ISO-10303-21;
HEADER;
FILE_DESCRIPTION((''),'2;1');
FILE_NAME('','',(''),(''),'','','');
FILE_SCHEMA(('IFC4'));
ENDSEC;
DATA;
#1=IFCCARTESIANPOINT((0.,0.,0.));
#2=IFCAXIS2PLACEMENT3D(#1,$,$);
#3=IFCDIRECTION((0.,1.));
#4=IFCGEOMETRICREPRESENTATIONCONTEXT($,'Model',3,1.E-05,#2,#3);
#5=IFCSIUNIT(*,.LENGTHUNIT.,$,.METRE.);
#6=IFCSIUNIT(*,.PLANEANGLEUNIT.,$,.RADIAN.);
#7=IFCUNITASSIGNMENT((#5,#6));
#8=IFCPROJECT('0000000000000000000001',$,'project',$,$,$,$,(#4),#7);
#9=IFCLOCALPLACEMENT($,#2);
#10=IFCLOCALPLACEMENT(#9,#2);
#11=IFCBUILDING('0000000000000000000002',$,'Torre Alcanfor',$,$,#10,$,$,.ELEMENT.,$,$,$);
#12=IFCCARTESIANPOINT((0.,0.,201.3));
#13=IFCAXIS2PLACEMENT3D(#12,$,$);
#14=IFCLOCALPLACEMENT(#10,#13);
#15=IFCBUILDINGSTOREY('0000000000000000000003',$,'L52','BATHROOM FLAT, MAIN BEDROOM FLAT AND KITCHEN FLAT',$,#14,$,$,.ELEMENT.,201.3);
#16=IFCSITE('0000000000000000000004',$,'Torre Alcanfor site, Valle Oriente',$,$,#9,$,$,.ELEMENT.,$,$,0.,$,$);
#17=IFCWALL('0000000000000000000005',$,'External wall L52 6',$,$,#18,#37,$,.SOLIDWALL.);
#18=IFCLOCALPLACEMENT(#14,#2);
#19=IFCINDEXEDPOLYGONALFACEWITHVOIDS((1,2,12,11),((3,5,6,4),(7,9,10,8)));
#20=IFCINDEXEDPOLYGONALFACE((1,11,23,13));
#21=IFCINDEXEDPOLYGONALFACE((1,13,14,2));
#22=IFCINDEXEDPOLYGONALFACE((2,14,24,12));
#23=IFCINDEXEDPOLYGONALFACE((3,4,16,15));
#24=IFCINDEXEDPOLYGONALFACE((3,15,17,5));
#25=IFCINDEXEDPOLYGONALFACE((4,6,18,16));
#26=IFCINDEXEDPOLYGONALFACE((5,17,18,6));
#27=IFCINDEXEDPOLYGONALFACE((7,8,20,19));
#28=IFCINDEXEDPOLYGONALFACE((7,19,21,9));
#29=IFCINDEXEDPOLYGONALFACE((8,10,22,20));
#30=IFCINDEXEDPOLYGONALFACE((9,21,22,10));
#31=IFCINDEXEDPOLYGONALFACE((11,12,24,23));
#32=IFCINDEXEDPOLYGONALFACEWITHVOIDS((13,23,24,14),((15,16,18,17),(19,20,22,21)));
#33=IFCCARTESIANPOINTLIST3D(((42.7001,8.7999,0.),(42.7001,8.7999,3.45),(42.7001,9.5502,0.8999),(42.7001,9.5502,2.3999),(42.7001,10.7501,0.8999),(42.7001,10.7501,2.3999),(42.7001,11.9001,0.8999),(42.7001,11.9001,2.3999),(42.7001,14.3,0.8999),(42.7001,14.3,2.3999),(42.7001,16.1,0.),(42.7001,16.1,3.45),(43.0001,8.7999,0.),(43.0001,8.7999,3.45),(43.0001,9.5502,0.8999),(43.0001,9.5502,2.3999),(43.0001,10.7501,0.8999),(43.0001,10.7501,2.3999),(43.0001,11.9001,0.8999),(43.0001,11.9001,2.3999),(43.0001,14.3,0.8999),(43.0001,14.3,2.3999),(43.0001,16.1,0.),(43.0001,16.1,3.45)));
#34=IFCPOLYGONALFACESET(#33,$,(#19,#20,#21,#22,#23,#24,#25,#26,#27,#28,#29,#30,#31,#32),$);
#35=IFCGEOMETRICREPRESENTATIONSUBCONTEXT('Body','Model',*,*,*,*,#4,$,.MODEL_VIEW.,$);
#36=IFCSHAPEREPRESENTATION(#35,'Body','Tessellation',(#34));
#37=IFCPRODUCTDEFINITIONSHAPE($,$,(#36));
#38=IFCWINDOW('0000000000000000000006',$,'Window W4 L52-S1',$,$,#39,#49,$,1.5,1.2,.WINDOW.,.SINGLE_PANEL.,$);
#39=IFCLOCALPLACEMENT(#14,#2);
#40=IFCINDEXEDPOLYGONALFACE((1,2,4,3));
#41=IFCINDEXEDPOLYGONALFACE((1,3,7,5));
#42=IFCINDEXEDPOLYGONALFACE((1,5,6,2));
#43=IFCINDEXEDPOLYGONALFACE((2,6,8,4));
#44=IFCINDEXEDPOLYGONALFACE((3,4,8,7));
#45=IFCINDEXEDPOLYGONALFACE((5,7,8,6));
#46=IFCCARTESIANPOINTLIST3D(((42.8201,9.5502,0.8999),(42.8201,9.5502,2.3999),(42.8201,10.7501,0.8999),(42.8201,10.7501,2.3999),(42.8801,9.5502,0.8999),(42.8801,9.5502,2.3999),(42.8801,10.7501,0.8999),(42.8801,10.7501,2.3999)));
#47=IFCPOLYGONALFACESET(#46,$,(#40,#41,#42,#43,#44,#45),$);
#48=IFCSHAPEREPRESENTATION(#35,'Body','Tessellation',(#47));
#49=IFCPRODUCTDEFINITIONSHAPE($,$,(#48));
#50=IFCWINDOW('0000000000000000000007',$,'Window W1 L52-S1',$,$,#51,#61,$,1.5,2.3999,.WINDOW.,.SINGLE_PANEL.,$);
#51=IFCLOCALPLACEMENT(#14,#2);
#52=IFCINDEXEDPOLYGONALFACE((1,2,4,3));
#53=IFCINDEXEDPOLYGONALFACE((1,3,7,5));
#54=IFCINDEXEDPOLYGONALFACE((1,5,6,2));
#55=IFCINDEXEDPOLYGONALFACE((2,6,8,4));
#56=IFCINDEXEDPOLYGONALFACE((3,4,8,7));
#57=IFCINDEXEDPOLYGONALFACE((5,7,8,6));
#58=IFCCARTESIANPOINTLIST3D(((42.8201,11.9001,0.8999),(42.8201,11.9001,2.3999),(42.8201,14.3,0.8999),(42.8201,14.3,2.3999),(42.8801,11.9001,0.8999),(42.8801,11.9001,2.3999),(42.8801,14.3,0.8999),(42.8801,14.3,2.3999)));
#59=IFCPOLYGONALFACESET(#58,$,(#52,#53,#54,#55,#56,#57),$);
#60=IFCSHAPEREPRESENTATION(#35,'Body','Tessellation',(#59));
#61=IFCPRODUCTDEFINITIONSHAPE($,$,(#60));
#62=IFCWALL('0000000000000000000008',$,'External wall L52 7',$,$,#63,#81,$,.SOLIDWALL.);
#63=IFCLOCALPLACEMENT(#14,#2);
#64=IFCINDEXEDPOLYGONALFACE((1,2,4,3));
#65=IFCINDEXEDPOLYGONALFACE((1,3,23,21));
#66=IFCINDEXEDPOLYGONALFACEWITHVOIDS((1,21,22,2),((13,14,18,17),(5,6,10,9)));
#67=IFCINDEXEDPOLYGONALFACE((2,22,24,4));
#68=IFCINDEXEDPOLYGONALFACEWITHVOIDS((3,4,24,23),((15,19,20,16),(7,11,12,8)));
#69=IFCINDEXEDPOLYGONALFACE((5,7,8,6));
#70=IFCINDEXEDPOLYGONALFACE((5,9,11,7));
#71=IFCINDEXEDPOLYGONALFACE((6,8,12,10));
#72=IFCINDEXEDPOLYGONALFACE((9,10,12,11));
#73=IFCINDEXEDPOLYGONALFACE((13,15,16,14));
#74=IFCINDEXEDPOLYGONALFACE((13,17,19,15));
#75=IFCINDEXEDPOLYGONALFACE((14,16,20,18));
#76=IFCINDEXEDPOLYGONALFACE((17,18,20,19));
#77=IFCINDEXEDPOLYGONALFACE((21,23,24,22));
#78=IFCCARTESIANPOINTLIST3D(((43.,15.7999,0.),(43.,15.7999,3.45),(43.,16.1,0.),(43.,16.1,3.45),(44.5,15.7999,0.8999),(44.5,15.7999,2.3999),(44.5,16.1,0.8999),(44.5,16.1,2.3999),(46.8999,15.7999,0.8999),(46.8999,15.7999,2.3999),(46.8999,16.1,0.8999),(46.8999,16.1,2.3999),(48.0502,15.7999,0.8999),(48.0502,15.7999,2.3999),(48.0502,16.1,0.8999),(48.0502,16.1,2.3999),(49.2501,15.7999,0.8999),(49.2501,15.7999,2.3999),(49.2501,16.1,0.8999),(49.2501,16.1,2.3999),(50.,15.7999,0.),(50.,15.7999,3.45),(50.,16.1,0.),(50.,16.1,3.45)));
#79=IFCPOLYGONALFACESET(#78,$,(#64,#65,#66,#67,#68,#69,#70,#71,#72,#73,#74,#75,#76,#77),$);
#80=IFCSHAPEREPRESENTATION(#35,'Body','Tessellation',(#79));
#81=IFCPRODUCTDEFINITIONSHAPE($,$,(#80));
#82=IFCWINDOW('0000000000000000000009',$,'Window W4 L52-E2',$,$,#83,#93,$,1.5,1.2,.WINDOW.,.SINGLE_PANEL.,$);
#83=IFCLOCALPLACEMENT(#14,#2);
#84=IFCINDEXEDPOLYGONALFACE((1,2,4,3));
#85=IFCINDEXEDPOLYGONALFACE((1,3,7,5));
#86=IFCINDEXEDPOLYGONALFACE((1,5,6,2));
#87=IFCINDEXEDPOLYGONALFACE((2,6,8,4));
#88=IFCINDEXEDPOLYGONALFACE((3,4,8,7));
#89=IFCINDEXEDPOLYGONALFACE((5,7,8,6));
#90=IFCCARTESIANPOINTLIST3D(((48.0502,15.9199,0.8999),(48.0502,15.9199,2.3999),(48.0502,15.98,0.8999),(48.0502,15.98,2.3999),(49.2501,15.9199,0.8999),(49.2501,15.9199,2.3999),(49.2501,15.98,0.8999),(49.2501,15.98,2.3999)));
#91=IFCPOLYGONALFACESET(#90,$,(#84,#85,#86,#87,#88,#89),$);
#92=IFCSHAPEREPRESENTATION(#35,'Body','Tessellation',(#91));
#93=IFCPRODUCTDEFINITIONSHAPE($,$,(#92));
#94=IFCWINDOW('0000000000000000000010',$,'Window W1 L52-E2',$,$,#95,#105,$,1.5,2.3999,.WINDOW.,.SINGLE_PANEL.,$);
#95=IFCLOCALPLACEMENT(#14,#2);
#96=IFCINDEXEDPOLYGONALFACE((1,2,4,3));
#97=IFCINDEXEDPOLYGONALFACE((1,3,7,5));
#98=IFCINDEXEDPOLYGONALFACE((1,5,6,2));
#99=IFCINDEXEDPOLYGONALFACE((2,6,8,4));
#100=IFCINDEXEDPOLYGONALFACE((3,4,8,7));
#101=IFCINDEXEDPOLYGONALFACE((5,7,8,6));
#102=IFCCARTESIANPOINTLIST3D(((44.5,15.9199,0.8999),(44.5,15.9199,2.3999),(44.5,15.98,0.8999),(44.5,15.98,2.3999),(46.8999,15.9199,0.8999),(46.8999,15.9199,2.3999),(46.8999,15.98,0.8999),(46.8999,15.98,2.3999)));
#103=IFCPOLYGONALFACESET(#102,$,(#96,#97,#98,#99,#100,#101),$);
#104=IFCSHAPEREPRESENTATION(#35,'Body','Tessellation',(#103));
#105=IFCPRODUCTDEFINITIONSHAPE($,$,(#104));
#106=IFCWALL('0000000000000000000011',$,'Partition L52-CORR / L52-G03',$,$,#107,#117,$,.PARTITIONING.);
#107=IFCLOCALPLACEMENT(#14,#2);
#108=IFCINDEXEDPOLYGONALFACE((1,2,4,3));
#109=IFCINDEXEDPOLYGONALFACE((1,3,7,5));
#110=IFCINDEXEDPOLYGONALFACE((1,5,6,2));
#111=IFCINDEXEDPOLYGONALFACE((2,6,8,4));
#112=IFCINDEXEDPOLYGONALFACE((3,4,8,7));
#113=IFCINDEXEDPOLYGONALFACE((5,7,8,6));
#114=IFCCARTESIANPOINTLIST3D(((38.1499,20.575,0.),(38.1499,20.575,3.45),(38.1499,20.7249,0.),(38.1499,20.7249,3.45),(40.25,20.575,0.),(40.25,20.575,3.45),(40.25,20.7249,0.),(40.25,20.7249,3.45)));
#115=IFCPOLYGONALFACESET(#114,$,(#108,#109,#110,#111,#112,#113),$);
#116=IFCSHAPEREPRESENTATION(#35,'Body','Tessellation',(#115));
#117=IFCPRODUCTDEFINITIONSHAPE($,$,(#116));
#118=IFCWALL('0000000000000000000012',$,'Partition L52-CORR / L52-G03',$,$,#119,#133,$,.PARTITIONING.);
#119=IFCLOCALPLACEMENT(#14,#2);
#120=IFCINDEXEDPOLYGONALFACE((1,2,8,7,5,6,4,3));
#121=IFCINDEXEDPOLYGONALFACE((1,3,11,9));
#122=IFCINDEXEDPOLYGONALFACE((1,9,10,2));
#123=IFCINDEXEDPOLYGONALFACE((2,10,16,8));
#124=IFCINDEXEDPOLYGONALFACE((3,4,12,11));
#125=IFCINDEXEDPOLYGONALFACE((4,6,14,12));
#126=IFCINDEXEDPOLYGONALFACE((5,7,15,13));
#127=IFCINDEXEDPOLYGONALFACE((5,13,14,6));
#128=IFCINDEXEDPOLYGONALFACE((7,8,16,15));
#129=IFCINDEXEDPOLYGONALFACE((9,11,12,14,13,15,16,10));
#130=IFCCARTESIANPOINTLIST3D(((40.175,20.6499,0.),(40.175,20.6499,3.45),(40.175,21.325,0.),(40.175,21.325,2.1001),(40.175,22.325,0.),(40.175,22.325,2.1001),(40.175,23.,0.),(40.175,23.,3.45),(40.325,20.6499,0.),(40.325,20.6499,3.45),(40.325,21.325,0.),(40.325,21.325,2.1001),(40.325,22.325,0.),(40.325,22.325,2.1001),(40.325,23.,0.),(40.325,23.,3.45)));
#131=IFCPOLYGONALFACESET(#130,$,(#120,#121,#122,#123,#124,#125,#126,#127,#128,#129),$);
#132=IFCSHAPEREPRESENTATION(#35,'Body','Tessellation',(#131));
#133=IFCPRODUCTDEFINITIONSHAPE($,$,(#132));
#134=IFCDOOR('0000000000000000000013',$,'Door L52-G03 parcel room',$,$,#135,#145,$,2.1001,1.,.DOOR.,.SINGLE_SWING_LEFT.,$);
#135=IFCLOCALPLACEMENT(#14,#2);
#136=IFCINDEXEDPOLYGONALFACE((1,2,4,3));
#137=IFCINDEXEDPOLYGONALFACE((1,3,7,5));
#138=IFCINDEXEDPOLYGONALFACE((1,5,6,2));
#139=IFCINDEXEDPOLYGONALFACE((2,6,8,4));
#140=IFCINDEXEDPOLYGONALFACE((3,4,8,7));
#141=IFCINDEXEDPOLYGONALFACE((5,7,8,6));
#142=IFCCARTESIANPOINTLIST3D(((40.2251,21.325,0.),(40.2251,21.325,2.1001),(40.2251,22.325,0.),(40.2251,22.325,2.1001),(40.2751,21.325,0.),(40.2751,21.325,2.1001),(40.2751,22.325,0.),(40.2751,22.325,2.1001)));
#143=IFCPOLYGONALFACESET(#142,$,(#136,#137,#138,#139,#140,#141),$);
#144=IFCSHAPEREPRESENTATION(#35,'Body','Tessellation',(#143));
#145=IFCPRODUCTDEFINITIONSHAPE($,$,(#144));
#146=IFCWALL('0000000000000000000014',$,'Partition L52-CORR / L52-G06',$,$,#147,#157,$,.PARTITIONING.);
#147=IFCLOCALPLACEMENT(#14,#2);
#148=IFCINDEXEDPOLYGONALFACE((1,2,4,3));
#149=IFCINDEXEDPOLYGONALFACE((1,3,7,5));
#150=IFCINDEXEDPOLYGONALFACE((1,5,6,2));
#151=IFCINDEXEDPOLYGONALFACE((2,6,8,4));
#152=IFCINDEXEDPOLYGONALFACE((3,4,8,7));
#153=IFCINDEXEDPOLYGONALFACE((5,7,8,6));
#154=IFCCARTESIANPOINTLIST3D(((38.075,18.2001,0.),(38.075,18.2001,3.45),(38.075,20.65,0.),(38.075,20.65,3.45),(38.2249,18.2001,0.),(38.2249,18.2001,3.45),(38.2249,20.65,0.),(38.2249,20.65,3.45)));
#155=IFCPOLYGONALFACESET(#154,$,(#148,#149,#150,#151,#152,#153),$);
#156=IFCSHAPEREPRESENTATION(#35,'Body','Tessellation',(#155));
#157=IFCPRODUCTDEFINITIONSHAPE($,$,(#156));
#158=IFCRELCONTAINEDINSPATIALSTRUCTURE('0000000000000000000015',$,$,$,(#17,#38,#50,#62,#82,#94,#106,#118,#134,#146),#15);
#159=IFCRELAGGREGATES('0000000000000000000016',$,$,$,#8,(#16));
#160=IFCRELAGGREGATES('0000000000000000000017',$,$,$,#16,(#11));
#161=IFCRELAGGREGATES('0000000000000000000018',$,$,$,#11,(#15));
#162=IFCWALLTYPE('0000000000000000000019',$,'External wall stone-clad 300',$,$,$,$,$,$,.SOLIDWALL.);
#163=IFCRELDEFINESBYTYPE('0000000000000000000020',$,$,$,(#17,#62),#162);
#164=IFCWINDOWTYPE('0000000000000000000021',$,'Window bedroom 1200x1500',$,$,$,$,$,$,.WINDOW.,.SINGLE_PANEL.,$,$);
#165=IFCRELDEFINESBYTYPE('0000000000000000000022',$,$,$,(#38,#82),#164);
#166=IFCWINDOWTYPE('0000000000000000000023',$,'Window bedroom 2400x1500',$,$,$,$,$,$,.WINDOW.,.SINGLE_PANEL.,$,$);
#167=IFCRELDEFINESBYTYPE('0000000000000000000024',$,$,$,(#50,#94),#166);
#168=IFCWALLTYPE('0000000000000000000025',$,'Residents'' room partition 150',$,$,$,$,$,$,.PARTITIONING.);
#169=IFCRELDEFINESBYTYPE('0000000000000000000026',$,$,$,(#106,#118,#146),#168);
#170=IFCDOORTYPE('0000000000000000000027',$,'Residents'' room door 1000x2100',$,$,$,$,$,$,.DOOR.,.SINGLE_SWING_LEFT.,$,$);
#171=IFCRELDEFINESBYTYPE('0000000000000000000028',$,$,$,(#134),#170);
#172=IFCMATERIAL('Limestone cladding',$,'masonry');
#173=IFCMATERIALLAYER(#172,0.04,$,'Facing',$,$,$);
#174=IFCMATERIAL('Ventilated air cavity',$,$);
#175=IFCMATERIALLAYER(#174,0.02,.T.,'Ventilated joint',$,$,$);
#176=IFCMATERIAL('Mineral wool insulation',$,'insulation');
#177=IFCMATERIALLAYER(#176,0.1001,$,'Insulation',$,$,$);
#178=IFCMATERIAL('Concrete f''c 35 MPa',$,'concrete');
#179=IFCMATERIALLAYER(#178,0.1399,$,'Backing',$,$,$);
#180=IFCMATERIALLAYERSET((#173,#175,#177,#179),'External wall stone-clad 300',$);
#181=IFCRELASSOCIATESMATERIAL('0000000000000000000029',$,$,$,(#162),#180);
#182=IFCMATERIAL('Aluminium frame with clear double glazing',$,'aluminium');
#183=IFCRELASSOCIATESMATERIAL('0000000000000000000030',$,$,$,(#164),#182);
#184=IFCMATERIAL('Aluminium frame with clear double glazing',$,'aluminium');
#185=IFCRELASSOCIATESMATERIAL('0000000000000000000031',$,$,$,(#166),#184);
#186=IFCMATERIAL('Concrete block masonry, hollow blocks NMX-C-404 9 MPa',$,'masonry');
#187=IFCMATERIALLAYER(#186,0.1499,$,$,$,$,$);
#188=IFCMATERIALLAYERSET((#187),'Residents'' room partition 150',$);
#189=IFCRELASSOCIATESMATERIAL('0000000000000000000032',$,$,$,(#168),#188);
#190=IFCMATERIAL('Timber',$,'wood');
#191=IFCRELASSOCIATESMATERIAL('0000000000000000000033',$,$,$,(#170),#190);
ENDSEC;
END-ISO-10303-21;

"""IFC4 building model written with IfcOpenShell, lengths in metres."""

from ifc_helpers import new_model, si_unit, direction, frame, frame_2d, origin, place, context, subcontext, project, spatial, rectangle, extrude, material, layer, layer_set, type_object, element, fill, save


model = new_model("IFC4")

# Units and contexts
model_context = context("Model", 3, precision=1e-05, world=origin(), true_north=direction((0.0, 1.0)))
body_context = subcontext(model_context, "Body", "Model", "MODEL_VIEW")
ifc_project = project(units=[si_unit("LENGTHUNIT", "METRE"), si_unit("PLANEANGLEUNIT", "RADIAN")], contexts=[model_context])

# Site, building, storey
site_placement = place(None, origin())
site = spatial("IfcSite", under=ifc_project, at=site_placement, Name="Torre Alcanfor site, Valle Oriente", CompositionType="ELEMENT", RefElevation=0.0)
building_placement = place(site_placement, origin())
building = spatial("IfcBuilding", under=site, at=building_placement, Name="Torre Alcanfor", CompositionType="ELEMENT")
storey_placement = place(building_placement, frame((0.0, 0.0, 201.3)))
storey = spatial("IfcBuildingStorey", under=building, at=storey_placement, Name="L52", Description="BATHROOM FLAT, MAIN BEDROOM FLAT AND KITCHEN FLAT", CompositionType="ELEMENT", Elevation=201.3)

# Walls, openings, windows
ifc_material_1 = material(Name="Limestone cladding", Category="masonry")
ifc_layer_1 = layer(ifc_material_1, 0.04, Name="Facing")
ifc_material_2 = material(Name="Ventilated air cavity")
ifc_layer_2 = layer(ifc_material_2, 0.02, ventilated=True, Name="Ventilated joint")
ifc_material_3 = material(Name="Mineral wool insulation", Category="insulation")
ifc_layer_3 = layer(ifc_material_3, 0.1001, Name="Insulation")
ifc_material_4 = material(Name="Concrete f'c 35 MPa", Category="concrete")
ifc_layer_4 = layer(ifc_material_4, 0.1399, Name="Backing")
ifc_layer_set_1 = layer_set([ifc_layer_1, ifc_layer_2, ifc_layer_3, ifc_layer_4], Name="External wall stone-clad 300")
wall_type_1 = type_object("IfcWallType", Name="External wall stone-clad 300", PredefinedType="SOLIDWALL", material=ifc_layer_set_1)
wall_1_placement = place(storey_placement, frame((42.8501, 8.8, 0.0), z_axis=(0.0, 0.0, 1.0), x_axis=(0.0, 1.0, 0.0)))
wall_1 = element("IfcWall", 1, at=wall_1_placement, inside=storey, type_object=wall_type_1, Name="External wall L52 6", PredefinedType="SOLIDWALL", context=body_context, shape_type="SweptSolid", body=[
    extrude(rectangle(XDim=7.3, YDim=0.3, at=frame_2d((3.6499, 0.0))), origin(), (0.0, 0.0, 1.0), 3.45),
])
opening_1_placement = place(wall_1_placement, frame((3.1001, 0.0, 0.8999)))
opening_1 = element("IfcOpeningElement", 2, at=opening_1_placement, cuts=wall_1, PredefinedType="OPENING", context=body_context, shape_type="SweptSolid", body=[
    extrude(rectangle(XDim=2.3999, YDim=1.5, at=frame_2d((1.2, 0.75))), frame((0.0, 0.1599, 0.0), z_axis=(0.0, -1.0, 0.0), x_axis=(1.0, 0.0, 0.0)), (0.0, 0.0, 1.0), 0.3201),
])
opening_2_placement = place(wall_1_placement, frame((0.75, 0.0, 0.8999)))
opening_2 = element("IfcOpeningElement", 3, at=opening_2_placement, cuts=wall_1, PredefinedType="OPENING", context=body_context, shape_type="SweptSolid", body=[
    extrude(rectangle(XDim=1.2, YDim=1.5, at=frame_2d((0.6001, 0.75))), frame((0.0, 0.1599, 0.0), z_axis=(0.0, -1.0, 0.0), x_axis=(1.0, 0.0, 0.0)), (0.0, 0.0, 1.0), 0.3201),
])
ifc_material_5 = material(Name="Aluminium frame with clear double glazing", Category="aluminium")
window_type_1 = type_object("IfcWindowType", Name="Window bedroom 1200x1500", PartitioningType="SINGLE_PANEL", PredefinedType="WINDOW", material=ifc_material_5)
window_1_placement = place(opening_2_placement, origin())
window_1 = element("IfcWindow", 4, at=window_1_placement, inside=storey, type_object=window_type_1, Name="Window W4 L52-S1", OverallHeight=1.5, OverallWidth=1.2, PartitioningType="SINGLE_PANEL", PredefinedType="WINDOW", context=body_context, shape_type="SweptSolid", body=[
    extrude(rectangle(XDim=1.2, YDim=1.5, at=frame_2d((0.6001, 0.75))), frame((0.0, 0.03, 0.0), z_axis=(0.0, -1.0, 0.0), x_axis=(1.0, 0.0, 0.0)), (0.0, 0.0, 1.0), 0.0601),
])
fill(opening_2, window_1)
ifc_material_6 = material(Name="Aluminium frame with clear double glazing", Category="aluminium")
window_type_2 = type_object("IfcWindowType", Name="Window bedroom 2400x1500", PartitioningType="SINGLE_PANEL", PredefinedType="WINDOW", material=ifc_material_6)
window_2_placement = place(opening_1_placement, origin())
window_2 = element("IfcWindow", 5, at=window_2_placement, inside=storey, type_object=window_type_2, Name="Window W1 L52-S1", OverallHeight=1.5, OverallWidth=2.3999, PartitioningType="SINGLE_PANEL", PredefinedType="WINDOW", context=body_context, shape_type="SweptSolid", body=[
    extrude(rectangle(XDim=2.3999, YDim=1.5, at=frame_2d((1.2, 0.75))), frame((0.0, 0.03, 0.0), z_axis=(0.0, -1.0, 0.0), x_axis=(1.0, 0.0, 0.0)), (0.0, 0.0, 1.0), 0.0601),
])
fill(opening_1, window_2)
wall_2_placement = place(storey_placement, frame((43.0, 15.95, 0.0), z_axis=(0.0, 0.0, 1.0), x_axis=(1.0, 0.0, 0.0)))
wall_2 = element("IfcWall", 6, at=wall_2_placement, inside=storey, type_object=wall_type_1, Name="External wall L52 7", PredefinedType="SOLIDWALL", context=body_context, shape_type="SweptSolid", body=[
    extrude(rectangle(XDim=7.0, YDim=0.3, at=frame_2d((3.5, 0.0))), origin(), (0.0, 0.0, 1.0), 3.45),
])
opening_3_placement = place(wall_2_placement, frame((1.5, 0.0, 0.8999)))
opening_3 = element("IfcOpeningElement", 7, at=opening_3_placement, cuts=wall_2, PredefinedType="OPENING", context=body_context, shape_type="SweptSolid", body=[
    extrude(rectangle(XDim=2.3999, YDim=1.5, at=frame_2d((1.2, 0.75))), frame((0.0, 0.1599, 0.0), z_axis=(0.0, -1.0, 0.0), x_axis=(1.0, 0.0, 0.0)), (0.0, 0.0, 1.0), 0.3201),
])
opening_4_placement = place(wall_2_placement, frame((5.05, 0.0, 0.8999)))
opening_4 = element("IfcOpeningElement", 8, at=opening_4_placement, cuts=wall_2, PredefinedType="OPENING", context=body_context, shape_type="SweptSolid", body=[
    extrude(rectangle(XDim=1.2, YDim=1.5, at=frame_2d((0.6001, 0.75))), frame((0.0, 0.1599, 0.0), z_axis=(0.0, -1.0, 0.0), x_axis=(1.0, 0.0, 0.0)), (0.0, 0.0, 1.0), 0.3201),
])
window_3_placement = place(opening_4_placement, origin())
window_3 = element("IfcWindow", 9, at=window_3_placement, inside=storey, type_object=window_type_1, Name="Window W4 L52-E2", OverallHeight=1.5, OverallWidth=1.2, PartitioningType="SINGLE_PANEL", PredefinedType="WINDOW", context=body_context, shape_type="SweptSolid", body=[
    extrude(rectangle(XDim=1.2, YDim=1.5, at=frame_2d((0.6001, 0.75))), frame((0.0, 0.03, 0.0), z_axis=(0.0, -1.0, 0.0), x_axis=(1.0, 0.0, 0.0)), (0.0, 0.0, 1.0), 0.0601),
])
fill(opening_4, window_3)
window_4_placement = place(opening_3_placement, origin())
window_4 = element("IfcWindow", 10, at=window_4_placement, inside=storey, type_object=window_type_2, Name="Window W1 L52-E2", OverallHeight=1.5, OverallWidth=2.3999, PartitioningType="SINGLE_PANEL", PredefinedType="WINDOW", context=body_context, shape_type="SweptSolid", body=[
    extrude(rectangle(XDim=2.3999, YDim=1.5, at=frame_2d((1.2, 0.75))), frame((0.0, 0.03, 0.0), z_axis=(0.0, -1.0, 0.0), x_axis=(1.0, 0.0, 0.0)), (0.0, 0.0, 1.0), 0.0601),
])
fill(opening_3, window_4)

# Wall
ifc_material_7 = material(Name="Concrete block masonry, hollow blocks NMX-C-404 9 MPa", Category="masonry")
ifc_layer_5 = layer(ifc_material_7, 0.1499)
ifc_layer_set_2 = layer_set([ifc_layer_5], Name="Residents' room partition 150")
wall_type_2 = type_object("IfcWallType", Name="Residents' room partition 150", PredefinedType="PARTITIONING", material=ifc_layer_set_2)
wall_3_placement = place(storey_placement, frame((38.1499, 20.6499, 0.0), z_axis=(0.0, 0.0, 1.0), x_axis=(1.0, 0.0, 0.0)))
element("IfcWall", 11, at=wall_3_placement, inside=storey, type_object=wall_type_2, Name="Partition L52-CORR / L52-G03", PredefinedType="PARTITIONING", context=body_context, shape_type="SweptSolid", body=[
    extrude(rectangle(XDim=2.1001, YDim=0.1499, at=frame_2d((1.05, 0.0))), origin(), (0.0, 0.0, 1.0), 3.45),
])

# Wall, opening, door
wall_4_placement = place(storey_placement, frame((40.25, 20.6499, 0.0), z_axis=(0.0, 0.0, 1.0), x_axis=(0.0, 1.0, 0.0)))
wall_4 = element("IfcWall", 12, at=wall_4_placement, inside=storey, type_object=wall_type_2, Name="Partition L52-CORR / L52-G03", PredefinedType="PARTITIONING", context=body_context, shape_type="SweptSolid", body=[
    extrude(rectangle(XDim=2.3501, YDim=0.1499, at=frame_2d((1.175, 0.0))), origin(), (0.0, 0.0, 1.0), 3.45),
])
opening_5_placement = place(wall_4_placement, frame((0.675, 0.0, 0.0)))
opening_5 = element("IfcOpeningElement", 13, at=opening_5_placement, cuts=wall_4, PredefinedType="OPENING", context=body_context, shape_type="SweptSolid", body=[
    extrude(rectangle(XDim=1.0, YDim=2.1001, at=frame_2d((0.5, 1.05))), frame((0.0, 0.085, 0.0), z_axis=(0.0, -1.0, 0.0), x_axis=(1.0, 0.0, 0.0)), (0.0, 0.0, 1.0), 0.1699),
])
ifc_material_8 = material(Name="Timber", Category="wood")
door_type = type_object("IfcDoorType", Name="Residents' room door 1000x2100", OperationType="SINGLE_SWING_LEFT", PredefinedType="DOOR", material=ifc_material_8)
door_placement = place(opening_5_placement, origin())
door = element("IfcDoor", 14, at=door_placement, inside=storey, type_object=door_type, Name="Door L52-G03 parcel room", OperationType="SINGLE_SWING_LEFT", OverallHeight=2.1001, OverallWidth=1.0, PredefinedType="DOOR", context=body_context, shape_type="SweptSolid", body=[
    extrude(rectangle(XDim=1.0, YDim=2.1001, at=frame_2d((0.5, 1.05))), frame((0.0, 0.0249, 0.0), z_axis=(0.0, -1.0, 0.0), x_axis=(1.0, 0.0, 0.0)), (0.0, 0.0, 1.0), 0.05),
])
fill(opening_5, door)

# Wall
wall_5_placement = place(storey_placement, frame((38.1499, 18.2, 0.0), z_axis=(0.0, 0.0, 1.0), x_axis=(0.0, 1.0, 0.0)))
element("IfcWall", 15, at=wall_5_placement, inside=storey, type_object=wall_type_2, Name="Partition L52-CORR / L52-G06", PredefinedType="PARTITIONING", context=body_context, shape_type="SweptSolid", body=[
    extrude(rectangle(XDim=2.45, YDim=0.1499, at=frame_2d((1.2251, 0.0))), origin(), (0.0, 0.0, 1.0), 3.45),
])

save(model, "model.ifc")
